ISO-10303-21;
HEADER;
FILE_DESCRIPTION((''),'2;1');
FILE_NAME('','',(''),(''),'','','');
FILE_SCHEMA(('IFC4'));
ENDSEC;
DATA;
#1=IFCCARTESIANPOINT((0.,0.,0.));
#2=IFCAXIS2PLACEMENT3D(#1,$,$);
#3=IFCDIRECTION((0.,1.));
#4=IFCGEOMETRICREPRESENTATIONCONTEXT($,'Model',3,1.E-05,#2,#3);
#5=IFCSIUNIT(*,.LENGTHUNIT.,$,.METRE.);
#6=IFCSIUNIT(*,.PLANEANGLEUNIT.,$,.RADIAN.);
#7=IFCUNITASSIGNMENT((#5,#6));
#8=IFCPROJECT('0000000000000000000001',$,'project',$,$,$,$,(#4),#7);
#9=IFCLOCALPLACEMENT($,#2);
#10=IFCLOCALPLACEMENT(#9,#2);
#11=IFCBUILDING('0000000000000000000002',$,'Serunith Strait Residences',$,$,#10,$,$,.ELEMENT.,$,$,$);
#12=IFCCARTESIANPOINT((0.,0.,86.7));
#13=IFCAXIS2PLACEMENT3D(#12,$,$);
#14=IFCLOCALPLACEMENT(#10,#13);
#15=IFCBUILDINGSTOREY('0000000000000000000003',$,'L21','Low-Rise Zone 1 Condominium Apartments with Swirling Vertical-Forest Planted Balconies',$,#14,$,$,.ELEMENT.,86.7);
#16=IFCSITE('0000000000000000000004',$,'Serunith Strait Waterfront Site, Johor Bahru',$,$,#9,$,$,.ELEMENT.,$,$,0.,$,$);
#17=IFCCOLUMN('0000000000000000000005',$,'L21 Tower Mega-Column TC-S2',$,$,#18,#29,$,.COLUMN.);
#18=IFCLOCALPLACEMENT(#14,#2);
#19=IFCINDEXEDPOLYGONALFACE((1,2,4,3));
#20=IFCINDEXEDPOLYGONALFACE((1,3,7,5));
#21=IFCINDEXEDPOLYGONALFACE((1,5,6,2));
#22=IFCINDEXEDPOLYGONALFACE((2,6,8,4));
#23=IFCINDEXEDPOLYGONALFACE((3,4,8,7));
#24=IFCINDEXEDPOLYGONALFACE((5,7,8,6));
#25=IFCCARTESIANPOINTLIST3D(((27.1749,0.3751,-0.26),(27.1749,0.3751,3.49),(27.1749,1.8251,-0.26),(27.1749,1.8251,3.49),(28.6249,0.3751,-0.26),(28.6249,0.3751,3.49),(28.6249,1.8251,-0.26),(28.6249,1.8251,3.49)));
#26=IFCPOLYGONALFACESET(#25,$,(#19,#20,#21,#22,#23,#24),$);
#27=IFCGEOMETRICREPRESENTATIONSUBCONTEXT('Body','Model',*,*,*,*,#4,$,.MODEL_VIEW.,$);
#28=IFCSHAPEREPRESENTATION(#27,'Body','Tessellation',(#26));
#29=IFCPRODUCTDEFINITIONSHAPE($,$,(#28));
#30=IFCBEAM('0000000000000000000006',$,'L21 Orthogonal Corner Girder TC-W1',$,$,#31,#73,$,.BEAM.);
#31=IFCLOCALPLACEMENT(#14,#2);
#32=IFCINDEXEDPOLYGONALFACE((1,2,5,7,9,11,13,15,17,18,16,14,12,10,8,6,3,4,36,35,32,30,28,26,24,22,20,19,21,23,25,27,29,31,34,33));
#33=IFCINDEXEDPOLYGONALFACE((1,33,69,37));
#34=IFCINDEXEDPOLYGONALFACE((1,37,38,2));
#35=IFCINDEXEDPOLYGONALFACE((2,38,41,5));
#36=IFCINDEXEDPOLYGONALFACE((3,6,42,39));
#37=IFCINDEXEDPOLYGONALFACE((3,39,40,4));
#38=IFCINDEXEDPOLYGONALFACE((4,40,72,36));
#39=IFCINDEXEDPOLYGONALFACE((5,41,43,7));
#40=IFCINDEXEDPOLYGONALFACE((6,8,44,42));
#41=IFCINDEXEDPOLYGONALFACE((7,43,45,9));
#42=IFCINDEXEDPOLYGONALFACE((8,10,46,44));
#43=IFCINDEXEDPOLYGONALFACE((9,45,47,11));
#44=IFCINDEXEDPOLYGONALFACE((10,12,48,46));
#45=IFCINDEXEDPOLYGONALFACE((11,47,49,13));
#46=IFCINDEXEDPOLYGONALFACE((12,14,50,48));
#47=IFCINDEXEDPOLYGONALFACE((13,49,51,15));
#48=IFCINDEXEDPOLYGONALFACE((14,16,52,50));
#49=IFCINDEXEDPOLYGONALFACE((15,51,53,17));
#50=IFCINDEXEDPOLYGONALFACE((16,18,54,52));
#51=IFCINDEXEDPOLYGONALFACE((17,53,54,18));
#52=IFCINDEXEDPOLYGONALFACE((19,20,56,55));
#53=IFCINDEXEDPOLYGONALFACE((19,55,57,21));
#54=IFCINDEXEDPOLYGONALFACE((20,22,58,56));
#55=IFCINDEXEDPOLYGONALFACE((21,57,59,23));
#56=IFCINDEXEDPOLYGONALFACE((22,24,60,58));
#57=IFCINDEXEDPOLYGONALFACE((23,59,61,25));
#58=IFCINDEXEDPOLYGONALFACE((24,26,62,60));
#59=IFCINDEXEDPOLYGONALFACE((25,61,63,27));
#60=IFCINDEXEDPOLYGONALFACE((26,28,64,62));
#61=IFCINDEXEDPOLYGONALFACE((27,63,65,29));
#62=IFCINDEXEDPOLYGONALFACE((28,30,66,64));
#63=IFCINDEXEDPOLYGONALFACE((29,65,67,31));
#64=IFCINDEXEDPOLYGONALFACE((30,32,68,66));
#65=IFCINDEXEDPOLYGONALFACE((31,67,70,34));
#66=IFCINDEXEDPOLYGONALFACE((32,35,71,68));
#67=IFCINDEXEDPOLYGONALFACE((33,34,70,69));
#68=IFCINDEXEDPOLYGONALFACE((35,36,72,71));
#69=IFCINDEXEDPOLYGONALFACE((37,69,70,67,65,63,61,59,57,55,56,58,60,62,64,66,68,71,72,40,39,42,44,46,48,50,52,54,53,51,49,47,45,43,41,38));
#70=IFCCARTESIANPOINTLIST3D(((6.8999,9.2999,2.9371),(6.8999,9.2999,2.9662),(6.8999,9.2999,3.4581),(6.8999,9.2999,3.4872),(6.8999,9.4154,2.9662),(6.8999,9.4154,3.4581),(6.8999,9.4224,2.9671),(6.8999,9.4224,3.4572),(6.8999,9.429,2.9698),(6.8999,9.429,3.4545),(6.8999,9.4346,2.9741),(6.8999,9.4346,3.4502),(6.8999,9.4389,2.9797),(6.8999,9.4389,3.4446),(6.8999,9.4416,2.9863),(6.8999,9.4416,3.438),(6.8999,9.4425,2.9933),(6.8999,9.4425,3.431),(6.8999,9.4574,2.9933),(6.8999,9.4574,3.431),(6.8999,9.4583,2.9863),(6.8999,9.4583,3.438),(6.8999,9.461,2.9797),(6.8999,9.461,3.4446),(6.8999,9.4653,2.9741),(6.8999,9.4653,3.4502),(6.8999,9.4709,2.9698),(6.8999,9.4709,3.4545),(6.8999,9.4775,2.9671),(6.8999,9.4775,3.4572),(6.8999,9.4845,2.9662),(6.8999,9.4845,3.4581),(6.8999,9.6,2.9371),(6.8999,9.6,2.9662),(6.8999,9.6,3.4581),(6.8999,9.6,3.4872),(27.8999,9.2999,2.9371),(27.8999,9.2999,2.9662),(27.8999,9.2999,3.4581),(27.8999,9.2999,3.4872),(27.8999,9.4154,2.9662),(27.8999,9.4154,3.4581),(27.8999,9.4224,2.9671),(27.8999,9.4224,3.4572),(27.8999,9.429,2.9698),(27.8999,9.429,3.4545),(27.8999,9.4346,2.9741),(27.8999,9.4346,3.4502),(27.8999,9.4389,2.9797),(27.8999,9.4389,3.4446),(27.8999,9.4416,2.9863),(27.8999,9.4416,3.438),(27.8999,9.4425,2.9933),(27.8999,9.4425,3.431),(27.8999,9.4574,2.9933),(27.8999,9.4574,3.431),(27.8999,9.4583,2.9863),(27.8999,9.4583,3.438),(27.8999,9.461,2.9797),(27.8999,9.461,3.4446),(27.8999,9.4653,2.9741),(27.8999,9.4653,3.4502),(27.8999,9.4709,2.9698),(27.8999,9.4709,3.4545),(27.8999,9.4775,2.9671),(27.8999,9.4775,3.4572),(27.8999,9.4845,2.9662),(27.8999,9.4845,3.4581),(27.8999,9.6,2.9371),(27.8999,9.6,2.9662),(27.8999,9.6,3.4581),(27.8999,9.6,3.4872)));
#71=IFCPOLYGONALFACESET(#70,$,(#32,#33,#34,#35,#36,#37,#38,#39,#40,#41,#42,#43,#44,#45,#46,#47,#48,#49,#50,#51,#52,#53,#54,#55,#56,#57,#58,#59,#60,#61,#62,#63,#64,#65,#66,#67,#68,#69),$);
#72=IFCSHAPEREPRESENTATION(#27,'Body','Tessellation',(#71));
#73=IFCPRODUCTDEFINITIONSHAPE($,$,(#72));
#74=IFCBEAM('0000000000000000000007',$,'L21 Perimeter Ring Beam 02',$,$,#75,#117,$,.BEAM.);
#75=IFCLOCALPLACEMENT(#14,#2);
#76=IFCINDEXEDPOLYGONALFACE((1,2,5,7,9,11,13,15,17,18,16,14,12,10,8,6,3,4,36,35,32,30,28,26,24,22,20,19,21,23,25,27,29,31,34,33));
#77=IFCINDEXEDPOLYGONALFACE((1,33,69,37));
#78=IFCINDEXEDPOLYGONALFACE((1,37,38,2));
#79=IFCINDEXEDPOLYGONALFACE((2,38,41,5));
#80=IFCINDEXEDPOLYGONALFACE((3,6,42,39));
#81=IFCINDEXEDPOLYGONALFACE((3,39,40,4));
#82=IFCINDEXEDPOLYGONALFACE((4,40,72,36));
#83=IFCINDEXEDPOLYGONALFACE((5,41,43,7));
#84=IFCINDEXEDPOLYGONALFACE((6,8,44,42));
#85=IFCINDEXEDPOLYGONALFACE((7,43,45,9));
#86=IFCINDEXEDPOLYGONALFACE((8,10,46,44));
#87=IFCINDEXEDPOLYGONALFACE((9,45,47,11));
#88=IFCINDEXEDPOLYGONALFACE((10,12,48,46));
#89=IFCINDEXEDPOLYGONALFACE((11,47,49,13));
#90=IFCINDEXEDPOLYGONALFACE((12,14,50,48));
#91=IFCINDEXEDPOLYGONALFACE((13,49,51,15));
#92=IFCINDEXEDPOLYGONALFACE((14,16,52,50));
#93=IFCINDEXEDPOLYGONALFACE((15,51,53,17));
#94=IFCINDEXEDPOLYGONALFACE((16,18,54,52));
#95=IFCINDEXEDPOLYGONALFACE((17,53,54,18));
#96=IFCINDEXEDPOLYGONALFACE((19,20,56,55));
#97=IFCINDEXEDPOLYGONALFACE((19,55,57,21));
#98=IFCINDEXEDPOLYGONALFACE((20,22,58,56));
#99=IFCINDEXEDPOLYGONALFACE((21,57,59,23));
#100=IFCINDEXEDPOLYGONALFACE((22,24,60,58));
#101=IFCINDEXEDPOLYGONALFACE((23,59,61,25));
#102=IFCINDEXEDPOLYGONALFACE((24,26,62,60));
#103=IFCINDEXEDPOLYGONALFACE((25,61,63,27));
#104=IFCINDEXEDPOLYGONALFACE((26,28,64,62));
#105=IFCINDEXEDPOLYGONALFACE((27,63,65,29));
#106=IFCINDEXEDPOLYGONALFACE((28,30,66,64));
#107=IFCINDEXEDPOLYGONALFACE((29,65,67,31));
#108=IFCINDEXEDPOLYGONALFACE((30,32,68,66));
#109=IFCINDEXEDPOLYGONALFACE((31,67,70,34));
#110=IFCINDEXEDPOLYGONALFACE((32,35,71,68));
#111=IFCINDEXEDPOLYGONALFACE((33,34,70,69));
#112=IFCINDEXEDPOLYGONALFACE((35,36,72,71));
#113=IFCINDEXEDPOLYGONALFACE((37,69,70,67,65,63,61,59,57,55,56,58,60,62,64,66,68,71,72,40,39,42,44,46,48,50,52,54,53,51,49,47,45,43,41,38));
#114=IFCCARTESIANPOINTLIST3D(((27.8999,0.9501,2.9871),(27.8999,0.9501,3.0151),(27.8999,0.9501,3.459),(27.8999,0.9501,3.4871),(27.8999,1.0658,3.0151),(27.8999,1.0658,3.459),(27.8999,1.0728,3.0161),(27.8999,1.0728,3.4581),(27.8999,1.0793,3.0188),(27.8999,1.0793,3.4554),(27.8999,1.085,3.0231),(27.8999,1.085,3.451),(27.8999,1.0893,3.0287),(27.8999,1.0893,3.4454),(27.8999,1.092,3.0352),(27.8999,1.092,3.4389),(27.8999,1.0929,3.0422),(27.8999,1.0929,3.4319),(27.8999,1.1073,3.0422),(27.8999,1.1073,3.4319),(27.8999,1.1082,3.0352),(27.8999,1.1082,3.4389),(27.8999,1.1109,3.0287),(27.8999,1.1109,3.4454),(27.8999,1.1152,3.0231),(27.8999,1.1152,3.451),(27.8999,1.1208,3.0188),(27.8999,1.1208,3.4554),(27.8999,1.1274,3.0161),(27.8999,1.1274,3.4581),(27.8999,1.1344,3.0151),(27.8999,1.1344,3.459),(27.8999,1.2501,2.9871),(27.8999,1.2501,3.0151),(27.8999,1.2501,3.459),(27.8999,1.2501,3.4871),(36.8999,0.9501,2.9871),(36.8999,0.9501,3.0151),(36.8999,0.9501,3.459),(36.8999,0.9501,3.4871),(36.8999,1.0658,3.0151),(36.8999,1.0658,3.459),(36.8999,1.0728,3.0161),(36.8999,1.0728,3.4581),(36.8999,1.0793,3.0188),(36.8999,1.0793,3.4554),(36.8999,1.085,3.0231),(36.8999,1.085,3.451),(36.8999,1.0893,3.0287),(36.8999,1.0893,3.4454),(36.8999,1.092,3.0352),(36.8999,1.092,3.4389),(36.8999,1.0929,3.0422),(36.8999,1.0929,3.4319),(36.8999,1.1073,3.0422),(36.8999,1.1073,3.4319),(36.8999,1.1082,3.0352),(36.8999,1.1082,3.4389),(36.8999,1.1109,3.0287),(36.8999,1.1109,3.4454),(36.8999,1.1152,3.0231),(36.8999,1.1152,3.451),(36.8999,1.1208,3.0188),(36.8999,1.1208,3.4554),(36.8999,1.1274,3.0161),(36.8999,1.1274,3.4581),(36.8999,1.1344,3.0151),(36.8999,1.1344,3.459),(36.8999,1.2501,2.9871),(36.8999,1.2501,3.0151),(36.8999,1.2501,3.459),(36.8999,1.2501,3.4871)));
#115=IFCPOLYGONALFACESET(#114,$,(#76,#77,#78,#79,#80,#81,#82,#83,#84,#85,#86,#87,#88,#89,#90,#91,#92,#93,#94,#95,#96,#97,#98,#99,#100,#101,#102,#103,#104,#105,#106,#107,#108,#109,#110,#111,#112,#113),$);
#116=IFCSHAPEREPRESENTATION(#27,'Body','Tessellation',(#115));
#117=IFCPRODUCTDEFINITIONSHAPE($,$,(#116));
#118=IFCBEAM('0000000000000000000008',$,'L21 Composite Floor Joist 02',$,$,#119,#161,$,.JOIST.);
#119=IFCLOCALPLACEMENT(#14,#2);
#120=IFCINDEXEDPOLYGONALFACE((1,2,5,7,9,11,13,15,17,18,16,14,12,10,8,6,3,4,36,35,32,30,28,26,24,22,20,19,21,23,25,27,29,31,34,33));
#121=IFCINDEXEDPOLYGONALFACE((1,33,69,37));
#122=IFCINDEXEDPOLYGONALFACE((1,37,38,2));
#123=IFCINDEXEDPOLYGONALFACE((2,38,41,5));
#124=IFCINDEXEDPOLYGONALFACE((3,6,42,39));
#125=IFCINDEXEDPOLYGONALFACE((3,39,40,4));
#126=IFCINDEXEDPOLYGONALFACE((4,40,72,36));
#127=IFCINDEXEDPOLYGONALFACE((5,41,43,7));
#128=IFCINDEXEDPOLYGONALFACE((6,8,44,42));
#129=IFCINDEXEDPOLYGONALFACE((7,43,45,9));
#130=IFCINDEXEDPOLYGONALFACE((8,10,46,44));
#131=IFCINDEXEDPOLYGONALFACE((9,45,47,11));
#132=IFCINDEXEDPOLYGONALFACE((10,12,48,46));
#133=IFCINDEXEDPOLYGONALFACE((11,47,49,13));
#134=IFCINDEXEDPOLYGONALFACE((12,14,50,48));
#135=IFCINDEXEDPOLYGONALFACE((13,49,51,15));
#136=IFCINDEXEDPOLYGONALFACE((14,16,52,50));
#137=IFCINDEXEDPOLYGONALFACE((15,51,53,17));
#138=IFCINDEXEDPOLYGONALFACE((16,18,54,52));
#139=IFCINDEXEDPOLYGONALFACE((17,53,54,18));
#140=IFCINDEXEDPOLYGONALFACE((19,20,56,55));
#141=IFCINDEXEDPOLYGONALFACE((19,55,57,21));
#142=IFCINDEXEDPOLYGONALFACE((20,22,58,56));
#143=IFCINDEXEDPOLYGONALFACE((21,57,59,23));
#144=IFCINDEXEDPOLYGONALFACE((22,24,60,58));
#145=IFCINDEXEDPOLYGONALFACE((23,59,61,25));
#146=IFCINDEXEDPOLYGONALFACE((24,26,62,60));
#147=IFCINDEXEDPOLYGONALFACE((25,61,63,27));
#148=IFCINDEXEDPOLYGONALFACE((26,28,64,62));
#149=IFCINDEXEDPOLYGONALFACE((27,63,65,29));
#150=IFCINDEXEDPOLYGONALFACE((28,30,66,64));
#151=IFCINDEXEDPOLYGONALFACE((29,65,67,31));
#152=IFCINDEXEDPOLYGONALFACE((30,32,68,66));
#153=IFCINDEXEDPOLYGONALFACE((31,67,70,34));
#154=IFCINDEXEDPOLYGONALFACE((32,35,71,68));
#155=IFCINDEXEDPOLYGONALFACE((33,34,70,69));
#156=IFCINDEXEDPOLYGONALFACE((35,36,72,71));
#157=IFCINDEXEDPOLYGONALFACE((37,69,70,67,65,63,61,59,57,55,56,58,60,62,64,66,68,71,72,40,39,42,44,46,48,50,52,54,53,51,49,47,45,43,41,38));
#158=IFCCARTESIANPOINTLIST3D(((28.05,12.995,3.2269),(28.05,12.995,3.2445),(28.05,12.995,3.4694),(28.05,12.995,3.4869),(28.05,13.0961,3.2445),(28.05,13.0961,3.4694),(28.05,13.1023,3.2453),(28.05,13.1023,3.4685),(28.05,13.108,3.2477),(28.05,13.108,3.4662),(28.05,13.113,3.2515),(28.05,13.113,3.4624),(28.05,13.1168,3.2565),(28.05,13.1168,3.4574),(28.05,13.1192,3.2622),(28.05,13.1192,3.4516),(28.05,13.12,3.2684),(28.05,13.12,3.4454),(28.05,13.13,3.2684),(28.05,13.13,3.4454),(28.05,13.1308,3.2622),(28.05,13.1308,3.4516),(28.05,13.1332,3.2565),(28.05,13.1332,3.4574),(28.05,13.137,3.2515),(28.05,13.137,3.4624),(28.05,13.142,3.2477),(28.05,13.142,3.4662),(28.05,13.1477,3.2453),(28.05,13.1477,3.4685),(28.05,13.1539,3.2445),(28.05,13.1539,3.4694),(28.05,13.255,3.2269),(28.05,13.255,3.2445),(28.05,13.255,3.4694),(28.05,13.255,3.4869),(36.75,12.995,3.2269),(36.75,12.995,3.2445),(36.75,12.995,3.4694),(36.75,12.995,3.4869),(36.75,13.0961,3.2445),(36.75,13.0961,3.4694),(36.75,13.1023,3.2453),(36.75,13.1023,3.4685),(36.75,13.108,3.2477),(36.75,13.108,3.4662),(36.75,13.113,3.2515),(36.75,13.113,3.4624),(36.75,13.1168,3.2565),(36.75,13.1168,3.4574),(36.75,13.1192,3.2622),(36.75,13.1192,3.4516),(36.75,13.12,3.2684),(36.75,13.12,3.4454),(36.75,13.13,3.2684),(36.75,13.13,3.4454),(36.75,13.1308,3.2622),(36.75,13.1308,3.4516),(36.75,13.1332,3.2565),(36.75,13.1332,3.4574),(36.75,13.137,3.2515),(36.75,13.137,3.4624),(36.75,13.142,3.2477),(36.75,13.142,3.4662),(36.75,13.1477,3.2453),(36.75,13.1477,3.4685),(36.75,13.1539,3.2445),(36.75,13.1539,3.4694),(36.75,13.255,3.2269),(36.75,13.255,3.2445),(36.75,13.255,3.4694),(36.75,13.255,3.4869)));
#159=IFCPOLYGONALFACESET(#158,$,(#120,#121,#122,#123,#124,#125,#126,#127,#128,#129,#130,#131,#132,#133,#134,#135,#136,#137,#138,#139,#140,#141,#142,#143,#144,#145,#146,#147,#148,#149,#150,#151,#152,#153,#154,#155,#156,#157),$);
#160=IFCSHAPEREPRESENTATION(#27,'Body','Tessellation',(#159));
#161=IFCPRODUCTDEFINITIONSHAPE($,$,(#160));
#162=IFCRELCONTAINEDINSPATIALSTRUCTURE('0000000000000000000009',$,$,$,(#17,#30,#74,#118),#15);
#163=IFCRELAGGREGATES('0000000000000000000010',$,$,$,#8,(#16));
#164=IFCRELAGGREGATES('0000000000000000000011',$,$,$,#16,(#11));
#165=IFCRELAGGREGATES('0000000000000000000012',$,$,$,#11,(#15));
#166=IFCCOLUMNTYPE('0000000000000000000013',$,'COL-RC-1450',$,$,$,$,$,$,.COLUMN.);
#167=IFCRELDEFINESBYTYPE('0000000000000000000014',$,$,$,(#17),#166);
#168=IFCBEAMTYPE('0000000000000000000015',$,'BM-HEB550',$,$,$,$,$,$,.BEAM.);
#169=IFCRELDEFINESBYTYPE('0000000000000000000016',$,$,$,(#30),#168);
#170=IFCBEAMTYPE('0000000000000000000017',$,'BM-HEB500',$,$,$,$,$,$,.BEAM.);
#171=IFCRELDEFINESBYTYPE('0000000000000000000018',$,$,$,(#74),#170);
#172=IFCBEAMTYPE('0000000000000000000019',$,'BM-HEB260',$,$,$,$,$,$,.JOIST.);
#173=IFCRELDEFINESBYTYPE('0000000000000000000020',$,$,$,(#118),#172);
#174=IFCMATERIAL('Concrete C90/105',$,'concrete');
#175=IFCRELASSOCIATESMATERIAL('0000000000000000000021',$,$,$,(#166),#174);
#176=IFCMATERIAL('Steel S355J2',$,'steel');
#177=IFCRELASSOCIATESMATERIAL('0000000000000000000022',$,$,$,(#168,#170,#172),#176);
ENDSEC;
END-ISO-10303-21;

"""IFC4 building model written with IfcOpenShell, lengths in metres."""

from ifc_helpers import new_model, si_unit, direction, frame, origin, origin_2d, place, context, subcontext, project, spatial, rectangle, i_section, extrude, source, transform, mapped, material, material_profile, profile_set, type_object, element, save


model = new_model("IFC4")

# Units and contexts
model_context = context("Model", 3, precision=1e-05, world=origin(), true_north=direction((0.0, 1.0)))
body_context = subcontext(model_context, "Body", "Model", "MODEL_VIEW")
ifc_project = project(units=[si_unit("LENGTHUNIT", "METRE"), si_unit("PLANEANGLEUNIT", "RADIAN")], contexts=[model_context])

# Site, building, storey
site_placement = place(None, origin())
site = spatial("IfcSite", under=ifc_project, at=site_placement, Name="Serunith Strait Waterfront Site, Johor Bahru", CompositionType="ELEMENT", RefElevation=0.0)
building_placement = place(site_placement, origin())
building = spatial("IfcBuilding", under=site, at=building_placement, Name="Serunith Strait Residences", CompositionType="ELEMENT")
storey_placement = place(building_placement, frame((0.0, 0.0, 86.7)))
storey = spatial("IfcBuildingStorey", under=building, at=storey_placement, Name="L21", Description="Low-Rise Zone 1 Condominium Apartments with Swirling Vertical-Forest Planted Balconies", CompositionType="ELEMENT", Elevation=86.7)

# Column
ifc_material_1 = material(Name="Concrete C90/105", Category="concrete")
ifc_material_profile_1 = material_profile(ifc_material_1, rectangle(XDim=1.45, YDim=1.45, at=origin_2d()), Name="RC 1450x1450")
ifc_profile_set_1 = profile_set([ifc_material_profile_1], Name="Concrete C90/105")
column_type = type_object("IfcColumnType", Name="COL-RC-1450", PredefinedType="COLUMN", material=ifc_profile_set_1)
shared_shape_1 = source(origin(), body_context, "Body", "SweptSolid", [
    extrude(rectangle(XDim=1.45, YDim=1.45, at=origin_2d()), origin(), (0.0, 0.0, 1.0), 3.75),
])
column_placement = place(storey_placement, frame((27.8999, 1.1001, -0.26), z_axis=(0.0, 0.0, 1.0), x_axis=(1.0, 0.0, 0.0)))
element("IfcColumn", 1, at=column_placement, inside=storey, type_object=column_type, Name="L21 Tower Mega-Column TC-S2", PredefinedType="COLUMN", context=body_context, shape_type="MappedRepresentation", body=[
    mapped(shared_shape_1, transform((0.0, 0.0, 0.0), scale=1.0)),
])

# Beams
ifc_material_2 = material(Name="Steel S355J2", Category="steel")
ifc_material_profile_2 = material_profile(ifc_material_2, i_section(OverallWidth=0.3, OverallDepth=0.55, WebThickness=0.0149, FlangeThickness=0.0291, FilletRadius=0.0271, at=origin_2d()), Name="HEB 550")
ifc_profile_set_2 = profile_set([ifc_material_profile_2], Name="Steel S355J2")
beam_type_1 = type_object("IfcBeamType", Name="BM-HEB550", PredefinedType="BEAM", material=ifc_profile_set_2)
shared_shape_2 = source(origin(), body_context, "Body", "SweptSolid", [
    extrude(i_section(OverallWidth=0.3, OverallDepth=0.55, WebThickness=0.0149, FlangeThickness=0.0291, FilletRadius=0.0271, at=origin_2d()), origin(), (0.0, 0.0, 1.0), 21.0),
])
beam_1_placement = place(storey_placement, frame((27.8999, 9.45, 3.2122), z_axis=(-1.0, 0.0, 0.0), x_axis=(0.0, -1.0, 0.0)))
element("IfcBeam", 2, at=beam_1_placement, inside=storey, type_object=beam_type_1, Name="L21 Orthogonal Corner Girder TC-W1", PredefinedType="BEAM", context=body_context, shape_type="MappedRepresentation", body=[
    mapped(shared_shape_2, transform((0.0, 0.0, 0.0), scale=1.0)),
])
ifc_material_profile_3 = material_profile(ifc_material_2, i_section(OverallWidth=0.3, OverallDepth=0.5, WebThickness=0.0144, FlangeThickness=0.0281, FilletRadius=0.0271, at=origin_2d()), Name="HEB 500")
ifc_profile_set_3 = profile_set([ifc_material_profile_3], Name="Steel S355J2")
beam_type_2 = type_object("IfcBeamType", Name="BM-HEB500", PredefinedType="BEAM", material=ifc_profile_set_3)
shared_shape_3 = source(origin(), body_context, "Body", "SweptSolid", [
    extrude(i_section(OverallWidth=0.3, OverallDepth=0.5, WebThickness=0.0144, FlangeThickness=0.0281, FilletRadius=0.0271, at=origin_2d()), origin(), (0.0, 0.0, 1.0), 9.0),
])
beam_2_placement = place(storey_placement, frame((27.8999, 1.1001, 3.2371), z_axis=(1.0, 0.0, 0.0), x_axis=(0.0, 1.0, 0.0)))
element("IfcBeam", 3, at=beam_2_placement, inside=storey, type_object=beam_type_2, Name="L21 Perimeter Ring Beam 02", PredefinedType="BEAM", context=body_context, shape_type="MappedRepresentation", body=[
    mapped(shared_shape_3, transform((0.0, 0.0, 0.0), scale=1.0)),
])
ifc_material_profile_4 = material_profile(ifc_material_2, i_section(OverallWidth=0.26, OverallDepth=0.26, WebThickness=0.01, FlangeThickness=0.0176, FilletRadius=0.0239, at=origin_2d()), Name="HEB 260")
ifc_profile_set_4 = profile_set([ifc_material_profile_4], Name="Steel S355J2")
beam_type_3 = type_object("IfcBeamType", Name="BM-HEB260", PredefinedType="JOIST", material=ifc_profile_set_4)
shared_shape_4 = source(origin(), body_context, "Body", "SweptSolid", [
    extrude(i_section(OverallWidth=0.26, OverallDepth=0.26, WebThickness=0.01, FlangeThickness=0.0176, FilletRadius=0.0239, at=origin_2d()), origin(), (0.0, 0.0, 1.0), 8.7),
])
beam_3_placement = place(storey_placement, frame((28.05, 13.125, 3.3569), z_axis=(1.0, 0.0, 0.0), x_axis=(0.0, 1.0, 0.0)))
element("IfcBeam", 4, at=beam_3_placement, inside=storey, type_object=beam_type_3, Name="L21 Composite Floor Joist 02", PredefinedType="JOIST", context=body_context, shape_type="MappedRepresentation", body=[
    mapped(shared_shape_4, transform((0.0, 0.0, 0.0), scale=1.0)),
])

save(model, "model.ifc")
